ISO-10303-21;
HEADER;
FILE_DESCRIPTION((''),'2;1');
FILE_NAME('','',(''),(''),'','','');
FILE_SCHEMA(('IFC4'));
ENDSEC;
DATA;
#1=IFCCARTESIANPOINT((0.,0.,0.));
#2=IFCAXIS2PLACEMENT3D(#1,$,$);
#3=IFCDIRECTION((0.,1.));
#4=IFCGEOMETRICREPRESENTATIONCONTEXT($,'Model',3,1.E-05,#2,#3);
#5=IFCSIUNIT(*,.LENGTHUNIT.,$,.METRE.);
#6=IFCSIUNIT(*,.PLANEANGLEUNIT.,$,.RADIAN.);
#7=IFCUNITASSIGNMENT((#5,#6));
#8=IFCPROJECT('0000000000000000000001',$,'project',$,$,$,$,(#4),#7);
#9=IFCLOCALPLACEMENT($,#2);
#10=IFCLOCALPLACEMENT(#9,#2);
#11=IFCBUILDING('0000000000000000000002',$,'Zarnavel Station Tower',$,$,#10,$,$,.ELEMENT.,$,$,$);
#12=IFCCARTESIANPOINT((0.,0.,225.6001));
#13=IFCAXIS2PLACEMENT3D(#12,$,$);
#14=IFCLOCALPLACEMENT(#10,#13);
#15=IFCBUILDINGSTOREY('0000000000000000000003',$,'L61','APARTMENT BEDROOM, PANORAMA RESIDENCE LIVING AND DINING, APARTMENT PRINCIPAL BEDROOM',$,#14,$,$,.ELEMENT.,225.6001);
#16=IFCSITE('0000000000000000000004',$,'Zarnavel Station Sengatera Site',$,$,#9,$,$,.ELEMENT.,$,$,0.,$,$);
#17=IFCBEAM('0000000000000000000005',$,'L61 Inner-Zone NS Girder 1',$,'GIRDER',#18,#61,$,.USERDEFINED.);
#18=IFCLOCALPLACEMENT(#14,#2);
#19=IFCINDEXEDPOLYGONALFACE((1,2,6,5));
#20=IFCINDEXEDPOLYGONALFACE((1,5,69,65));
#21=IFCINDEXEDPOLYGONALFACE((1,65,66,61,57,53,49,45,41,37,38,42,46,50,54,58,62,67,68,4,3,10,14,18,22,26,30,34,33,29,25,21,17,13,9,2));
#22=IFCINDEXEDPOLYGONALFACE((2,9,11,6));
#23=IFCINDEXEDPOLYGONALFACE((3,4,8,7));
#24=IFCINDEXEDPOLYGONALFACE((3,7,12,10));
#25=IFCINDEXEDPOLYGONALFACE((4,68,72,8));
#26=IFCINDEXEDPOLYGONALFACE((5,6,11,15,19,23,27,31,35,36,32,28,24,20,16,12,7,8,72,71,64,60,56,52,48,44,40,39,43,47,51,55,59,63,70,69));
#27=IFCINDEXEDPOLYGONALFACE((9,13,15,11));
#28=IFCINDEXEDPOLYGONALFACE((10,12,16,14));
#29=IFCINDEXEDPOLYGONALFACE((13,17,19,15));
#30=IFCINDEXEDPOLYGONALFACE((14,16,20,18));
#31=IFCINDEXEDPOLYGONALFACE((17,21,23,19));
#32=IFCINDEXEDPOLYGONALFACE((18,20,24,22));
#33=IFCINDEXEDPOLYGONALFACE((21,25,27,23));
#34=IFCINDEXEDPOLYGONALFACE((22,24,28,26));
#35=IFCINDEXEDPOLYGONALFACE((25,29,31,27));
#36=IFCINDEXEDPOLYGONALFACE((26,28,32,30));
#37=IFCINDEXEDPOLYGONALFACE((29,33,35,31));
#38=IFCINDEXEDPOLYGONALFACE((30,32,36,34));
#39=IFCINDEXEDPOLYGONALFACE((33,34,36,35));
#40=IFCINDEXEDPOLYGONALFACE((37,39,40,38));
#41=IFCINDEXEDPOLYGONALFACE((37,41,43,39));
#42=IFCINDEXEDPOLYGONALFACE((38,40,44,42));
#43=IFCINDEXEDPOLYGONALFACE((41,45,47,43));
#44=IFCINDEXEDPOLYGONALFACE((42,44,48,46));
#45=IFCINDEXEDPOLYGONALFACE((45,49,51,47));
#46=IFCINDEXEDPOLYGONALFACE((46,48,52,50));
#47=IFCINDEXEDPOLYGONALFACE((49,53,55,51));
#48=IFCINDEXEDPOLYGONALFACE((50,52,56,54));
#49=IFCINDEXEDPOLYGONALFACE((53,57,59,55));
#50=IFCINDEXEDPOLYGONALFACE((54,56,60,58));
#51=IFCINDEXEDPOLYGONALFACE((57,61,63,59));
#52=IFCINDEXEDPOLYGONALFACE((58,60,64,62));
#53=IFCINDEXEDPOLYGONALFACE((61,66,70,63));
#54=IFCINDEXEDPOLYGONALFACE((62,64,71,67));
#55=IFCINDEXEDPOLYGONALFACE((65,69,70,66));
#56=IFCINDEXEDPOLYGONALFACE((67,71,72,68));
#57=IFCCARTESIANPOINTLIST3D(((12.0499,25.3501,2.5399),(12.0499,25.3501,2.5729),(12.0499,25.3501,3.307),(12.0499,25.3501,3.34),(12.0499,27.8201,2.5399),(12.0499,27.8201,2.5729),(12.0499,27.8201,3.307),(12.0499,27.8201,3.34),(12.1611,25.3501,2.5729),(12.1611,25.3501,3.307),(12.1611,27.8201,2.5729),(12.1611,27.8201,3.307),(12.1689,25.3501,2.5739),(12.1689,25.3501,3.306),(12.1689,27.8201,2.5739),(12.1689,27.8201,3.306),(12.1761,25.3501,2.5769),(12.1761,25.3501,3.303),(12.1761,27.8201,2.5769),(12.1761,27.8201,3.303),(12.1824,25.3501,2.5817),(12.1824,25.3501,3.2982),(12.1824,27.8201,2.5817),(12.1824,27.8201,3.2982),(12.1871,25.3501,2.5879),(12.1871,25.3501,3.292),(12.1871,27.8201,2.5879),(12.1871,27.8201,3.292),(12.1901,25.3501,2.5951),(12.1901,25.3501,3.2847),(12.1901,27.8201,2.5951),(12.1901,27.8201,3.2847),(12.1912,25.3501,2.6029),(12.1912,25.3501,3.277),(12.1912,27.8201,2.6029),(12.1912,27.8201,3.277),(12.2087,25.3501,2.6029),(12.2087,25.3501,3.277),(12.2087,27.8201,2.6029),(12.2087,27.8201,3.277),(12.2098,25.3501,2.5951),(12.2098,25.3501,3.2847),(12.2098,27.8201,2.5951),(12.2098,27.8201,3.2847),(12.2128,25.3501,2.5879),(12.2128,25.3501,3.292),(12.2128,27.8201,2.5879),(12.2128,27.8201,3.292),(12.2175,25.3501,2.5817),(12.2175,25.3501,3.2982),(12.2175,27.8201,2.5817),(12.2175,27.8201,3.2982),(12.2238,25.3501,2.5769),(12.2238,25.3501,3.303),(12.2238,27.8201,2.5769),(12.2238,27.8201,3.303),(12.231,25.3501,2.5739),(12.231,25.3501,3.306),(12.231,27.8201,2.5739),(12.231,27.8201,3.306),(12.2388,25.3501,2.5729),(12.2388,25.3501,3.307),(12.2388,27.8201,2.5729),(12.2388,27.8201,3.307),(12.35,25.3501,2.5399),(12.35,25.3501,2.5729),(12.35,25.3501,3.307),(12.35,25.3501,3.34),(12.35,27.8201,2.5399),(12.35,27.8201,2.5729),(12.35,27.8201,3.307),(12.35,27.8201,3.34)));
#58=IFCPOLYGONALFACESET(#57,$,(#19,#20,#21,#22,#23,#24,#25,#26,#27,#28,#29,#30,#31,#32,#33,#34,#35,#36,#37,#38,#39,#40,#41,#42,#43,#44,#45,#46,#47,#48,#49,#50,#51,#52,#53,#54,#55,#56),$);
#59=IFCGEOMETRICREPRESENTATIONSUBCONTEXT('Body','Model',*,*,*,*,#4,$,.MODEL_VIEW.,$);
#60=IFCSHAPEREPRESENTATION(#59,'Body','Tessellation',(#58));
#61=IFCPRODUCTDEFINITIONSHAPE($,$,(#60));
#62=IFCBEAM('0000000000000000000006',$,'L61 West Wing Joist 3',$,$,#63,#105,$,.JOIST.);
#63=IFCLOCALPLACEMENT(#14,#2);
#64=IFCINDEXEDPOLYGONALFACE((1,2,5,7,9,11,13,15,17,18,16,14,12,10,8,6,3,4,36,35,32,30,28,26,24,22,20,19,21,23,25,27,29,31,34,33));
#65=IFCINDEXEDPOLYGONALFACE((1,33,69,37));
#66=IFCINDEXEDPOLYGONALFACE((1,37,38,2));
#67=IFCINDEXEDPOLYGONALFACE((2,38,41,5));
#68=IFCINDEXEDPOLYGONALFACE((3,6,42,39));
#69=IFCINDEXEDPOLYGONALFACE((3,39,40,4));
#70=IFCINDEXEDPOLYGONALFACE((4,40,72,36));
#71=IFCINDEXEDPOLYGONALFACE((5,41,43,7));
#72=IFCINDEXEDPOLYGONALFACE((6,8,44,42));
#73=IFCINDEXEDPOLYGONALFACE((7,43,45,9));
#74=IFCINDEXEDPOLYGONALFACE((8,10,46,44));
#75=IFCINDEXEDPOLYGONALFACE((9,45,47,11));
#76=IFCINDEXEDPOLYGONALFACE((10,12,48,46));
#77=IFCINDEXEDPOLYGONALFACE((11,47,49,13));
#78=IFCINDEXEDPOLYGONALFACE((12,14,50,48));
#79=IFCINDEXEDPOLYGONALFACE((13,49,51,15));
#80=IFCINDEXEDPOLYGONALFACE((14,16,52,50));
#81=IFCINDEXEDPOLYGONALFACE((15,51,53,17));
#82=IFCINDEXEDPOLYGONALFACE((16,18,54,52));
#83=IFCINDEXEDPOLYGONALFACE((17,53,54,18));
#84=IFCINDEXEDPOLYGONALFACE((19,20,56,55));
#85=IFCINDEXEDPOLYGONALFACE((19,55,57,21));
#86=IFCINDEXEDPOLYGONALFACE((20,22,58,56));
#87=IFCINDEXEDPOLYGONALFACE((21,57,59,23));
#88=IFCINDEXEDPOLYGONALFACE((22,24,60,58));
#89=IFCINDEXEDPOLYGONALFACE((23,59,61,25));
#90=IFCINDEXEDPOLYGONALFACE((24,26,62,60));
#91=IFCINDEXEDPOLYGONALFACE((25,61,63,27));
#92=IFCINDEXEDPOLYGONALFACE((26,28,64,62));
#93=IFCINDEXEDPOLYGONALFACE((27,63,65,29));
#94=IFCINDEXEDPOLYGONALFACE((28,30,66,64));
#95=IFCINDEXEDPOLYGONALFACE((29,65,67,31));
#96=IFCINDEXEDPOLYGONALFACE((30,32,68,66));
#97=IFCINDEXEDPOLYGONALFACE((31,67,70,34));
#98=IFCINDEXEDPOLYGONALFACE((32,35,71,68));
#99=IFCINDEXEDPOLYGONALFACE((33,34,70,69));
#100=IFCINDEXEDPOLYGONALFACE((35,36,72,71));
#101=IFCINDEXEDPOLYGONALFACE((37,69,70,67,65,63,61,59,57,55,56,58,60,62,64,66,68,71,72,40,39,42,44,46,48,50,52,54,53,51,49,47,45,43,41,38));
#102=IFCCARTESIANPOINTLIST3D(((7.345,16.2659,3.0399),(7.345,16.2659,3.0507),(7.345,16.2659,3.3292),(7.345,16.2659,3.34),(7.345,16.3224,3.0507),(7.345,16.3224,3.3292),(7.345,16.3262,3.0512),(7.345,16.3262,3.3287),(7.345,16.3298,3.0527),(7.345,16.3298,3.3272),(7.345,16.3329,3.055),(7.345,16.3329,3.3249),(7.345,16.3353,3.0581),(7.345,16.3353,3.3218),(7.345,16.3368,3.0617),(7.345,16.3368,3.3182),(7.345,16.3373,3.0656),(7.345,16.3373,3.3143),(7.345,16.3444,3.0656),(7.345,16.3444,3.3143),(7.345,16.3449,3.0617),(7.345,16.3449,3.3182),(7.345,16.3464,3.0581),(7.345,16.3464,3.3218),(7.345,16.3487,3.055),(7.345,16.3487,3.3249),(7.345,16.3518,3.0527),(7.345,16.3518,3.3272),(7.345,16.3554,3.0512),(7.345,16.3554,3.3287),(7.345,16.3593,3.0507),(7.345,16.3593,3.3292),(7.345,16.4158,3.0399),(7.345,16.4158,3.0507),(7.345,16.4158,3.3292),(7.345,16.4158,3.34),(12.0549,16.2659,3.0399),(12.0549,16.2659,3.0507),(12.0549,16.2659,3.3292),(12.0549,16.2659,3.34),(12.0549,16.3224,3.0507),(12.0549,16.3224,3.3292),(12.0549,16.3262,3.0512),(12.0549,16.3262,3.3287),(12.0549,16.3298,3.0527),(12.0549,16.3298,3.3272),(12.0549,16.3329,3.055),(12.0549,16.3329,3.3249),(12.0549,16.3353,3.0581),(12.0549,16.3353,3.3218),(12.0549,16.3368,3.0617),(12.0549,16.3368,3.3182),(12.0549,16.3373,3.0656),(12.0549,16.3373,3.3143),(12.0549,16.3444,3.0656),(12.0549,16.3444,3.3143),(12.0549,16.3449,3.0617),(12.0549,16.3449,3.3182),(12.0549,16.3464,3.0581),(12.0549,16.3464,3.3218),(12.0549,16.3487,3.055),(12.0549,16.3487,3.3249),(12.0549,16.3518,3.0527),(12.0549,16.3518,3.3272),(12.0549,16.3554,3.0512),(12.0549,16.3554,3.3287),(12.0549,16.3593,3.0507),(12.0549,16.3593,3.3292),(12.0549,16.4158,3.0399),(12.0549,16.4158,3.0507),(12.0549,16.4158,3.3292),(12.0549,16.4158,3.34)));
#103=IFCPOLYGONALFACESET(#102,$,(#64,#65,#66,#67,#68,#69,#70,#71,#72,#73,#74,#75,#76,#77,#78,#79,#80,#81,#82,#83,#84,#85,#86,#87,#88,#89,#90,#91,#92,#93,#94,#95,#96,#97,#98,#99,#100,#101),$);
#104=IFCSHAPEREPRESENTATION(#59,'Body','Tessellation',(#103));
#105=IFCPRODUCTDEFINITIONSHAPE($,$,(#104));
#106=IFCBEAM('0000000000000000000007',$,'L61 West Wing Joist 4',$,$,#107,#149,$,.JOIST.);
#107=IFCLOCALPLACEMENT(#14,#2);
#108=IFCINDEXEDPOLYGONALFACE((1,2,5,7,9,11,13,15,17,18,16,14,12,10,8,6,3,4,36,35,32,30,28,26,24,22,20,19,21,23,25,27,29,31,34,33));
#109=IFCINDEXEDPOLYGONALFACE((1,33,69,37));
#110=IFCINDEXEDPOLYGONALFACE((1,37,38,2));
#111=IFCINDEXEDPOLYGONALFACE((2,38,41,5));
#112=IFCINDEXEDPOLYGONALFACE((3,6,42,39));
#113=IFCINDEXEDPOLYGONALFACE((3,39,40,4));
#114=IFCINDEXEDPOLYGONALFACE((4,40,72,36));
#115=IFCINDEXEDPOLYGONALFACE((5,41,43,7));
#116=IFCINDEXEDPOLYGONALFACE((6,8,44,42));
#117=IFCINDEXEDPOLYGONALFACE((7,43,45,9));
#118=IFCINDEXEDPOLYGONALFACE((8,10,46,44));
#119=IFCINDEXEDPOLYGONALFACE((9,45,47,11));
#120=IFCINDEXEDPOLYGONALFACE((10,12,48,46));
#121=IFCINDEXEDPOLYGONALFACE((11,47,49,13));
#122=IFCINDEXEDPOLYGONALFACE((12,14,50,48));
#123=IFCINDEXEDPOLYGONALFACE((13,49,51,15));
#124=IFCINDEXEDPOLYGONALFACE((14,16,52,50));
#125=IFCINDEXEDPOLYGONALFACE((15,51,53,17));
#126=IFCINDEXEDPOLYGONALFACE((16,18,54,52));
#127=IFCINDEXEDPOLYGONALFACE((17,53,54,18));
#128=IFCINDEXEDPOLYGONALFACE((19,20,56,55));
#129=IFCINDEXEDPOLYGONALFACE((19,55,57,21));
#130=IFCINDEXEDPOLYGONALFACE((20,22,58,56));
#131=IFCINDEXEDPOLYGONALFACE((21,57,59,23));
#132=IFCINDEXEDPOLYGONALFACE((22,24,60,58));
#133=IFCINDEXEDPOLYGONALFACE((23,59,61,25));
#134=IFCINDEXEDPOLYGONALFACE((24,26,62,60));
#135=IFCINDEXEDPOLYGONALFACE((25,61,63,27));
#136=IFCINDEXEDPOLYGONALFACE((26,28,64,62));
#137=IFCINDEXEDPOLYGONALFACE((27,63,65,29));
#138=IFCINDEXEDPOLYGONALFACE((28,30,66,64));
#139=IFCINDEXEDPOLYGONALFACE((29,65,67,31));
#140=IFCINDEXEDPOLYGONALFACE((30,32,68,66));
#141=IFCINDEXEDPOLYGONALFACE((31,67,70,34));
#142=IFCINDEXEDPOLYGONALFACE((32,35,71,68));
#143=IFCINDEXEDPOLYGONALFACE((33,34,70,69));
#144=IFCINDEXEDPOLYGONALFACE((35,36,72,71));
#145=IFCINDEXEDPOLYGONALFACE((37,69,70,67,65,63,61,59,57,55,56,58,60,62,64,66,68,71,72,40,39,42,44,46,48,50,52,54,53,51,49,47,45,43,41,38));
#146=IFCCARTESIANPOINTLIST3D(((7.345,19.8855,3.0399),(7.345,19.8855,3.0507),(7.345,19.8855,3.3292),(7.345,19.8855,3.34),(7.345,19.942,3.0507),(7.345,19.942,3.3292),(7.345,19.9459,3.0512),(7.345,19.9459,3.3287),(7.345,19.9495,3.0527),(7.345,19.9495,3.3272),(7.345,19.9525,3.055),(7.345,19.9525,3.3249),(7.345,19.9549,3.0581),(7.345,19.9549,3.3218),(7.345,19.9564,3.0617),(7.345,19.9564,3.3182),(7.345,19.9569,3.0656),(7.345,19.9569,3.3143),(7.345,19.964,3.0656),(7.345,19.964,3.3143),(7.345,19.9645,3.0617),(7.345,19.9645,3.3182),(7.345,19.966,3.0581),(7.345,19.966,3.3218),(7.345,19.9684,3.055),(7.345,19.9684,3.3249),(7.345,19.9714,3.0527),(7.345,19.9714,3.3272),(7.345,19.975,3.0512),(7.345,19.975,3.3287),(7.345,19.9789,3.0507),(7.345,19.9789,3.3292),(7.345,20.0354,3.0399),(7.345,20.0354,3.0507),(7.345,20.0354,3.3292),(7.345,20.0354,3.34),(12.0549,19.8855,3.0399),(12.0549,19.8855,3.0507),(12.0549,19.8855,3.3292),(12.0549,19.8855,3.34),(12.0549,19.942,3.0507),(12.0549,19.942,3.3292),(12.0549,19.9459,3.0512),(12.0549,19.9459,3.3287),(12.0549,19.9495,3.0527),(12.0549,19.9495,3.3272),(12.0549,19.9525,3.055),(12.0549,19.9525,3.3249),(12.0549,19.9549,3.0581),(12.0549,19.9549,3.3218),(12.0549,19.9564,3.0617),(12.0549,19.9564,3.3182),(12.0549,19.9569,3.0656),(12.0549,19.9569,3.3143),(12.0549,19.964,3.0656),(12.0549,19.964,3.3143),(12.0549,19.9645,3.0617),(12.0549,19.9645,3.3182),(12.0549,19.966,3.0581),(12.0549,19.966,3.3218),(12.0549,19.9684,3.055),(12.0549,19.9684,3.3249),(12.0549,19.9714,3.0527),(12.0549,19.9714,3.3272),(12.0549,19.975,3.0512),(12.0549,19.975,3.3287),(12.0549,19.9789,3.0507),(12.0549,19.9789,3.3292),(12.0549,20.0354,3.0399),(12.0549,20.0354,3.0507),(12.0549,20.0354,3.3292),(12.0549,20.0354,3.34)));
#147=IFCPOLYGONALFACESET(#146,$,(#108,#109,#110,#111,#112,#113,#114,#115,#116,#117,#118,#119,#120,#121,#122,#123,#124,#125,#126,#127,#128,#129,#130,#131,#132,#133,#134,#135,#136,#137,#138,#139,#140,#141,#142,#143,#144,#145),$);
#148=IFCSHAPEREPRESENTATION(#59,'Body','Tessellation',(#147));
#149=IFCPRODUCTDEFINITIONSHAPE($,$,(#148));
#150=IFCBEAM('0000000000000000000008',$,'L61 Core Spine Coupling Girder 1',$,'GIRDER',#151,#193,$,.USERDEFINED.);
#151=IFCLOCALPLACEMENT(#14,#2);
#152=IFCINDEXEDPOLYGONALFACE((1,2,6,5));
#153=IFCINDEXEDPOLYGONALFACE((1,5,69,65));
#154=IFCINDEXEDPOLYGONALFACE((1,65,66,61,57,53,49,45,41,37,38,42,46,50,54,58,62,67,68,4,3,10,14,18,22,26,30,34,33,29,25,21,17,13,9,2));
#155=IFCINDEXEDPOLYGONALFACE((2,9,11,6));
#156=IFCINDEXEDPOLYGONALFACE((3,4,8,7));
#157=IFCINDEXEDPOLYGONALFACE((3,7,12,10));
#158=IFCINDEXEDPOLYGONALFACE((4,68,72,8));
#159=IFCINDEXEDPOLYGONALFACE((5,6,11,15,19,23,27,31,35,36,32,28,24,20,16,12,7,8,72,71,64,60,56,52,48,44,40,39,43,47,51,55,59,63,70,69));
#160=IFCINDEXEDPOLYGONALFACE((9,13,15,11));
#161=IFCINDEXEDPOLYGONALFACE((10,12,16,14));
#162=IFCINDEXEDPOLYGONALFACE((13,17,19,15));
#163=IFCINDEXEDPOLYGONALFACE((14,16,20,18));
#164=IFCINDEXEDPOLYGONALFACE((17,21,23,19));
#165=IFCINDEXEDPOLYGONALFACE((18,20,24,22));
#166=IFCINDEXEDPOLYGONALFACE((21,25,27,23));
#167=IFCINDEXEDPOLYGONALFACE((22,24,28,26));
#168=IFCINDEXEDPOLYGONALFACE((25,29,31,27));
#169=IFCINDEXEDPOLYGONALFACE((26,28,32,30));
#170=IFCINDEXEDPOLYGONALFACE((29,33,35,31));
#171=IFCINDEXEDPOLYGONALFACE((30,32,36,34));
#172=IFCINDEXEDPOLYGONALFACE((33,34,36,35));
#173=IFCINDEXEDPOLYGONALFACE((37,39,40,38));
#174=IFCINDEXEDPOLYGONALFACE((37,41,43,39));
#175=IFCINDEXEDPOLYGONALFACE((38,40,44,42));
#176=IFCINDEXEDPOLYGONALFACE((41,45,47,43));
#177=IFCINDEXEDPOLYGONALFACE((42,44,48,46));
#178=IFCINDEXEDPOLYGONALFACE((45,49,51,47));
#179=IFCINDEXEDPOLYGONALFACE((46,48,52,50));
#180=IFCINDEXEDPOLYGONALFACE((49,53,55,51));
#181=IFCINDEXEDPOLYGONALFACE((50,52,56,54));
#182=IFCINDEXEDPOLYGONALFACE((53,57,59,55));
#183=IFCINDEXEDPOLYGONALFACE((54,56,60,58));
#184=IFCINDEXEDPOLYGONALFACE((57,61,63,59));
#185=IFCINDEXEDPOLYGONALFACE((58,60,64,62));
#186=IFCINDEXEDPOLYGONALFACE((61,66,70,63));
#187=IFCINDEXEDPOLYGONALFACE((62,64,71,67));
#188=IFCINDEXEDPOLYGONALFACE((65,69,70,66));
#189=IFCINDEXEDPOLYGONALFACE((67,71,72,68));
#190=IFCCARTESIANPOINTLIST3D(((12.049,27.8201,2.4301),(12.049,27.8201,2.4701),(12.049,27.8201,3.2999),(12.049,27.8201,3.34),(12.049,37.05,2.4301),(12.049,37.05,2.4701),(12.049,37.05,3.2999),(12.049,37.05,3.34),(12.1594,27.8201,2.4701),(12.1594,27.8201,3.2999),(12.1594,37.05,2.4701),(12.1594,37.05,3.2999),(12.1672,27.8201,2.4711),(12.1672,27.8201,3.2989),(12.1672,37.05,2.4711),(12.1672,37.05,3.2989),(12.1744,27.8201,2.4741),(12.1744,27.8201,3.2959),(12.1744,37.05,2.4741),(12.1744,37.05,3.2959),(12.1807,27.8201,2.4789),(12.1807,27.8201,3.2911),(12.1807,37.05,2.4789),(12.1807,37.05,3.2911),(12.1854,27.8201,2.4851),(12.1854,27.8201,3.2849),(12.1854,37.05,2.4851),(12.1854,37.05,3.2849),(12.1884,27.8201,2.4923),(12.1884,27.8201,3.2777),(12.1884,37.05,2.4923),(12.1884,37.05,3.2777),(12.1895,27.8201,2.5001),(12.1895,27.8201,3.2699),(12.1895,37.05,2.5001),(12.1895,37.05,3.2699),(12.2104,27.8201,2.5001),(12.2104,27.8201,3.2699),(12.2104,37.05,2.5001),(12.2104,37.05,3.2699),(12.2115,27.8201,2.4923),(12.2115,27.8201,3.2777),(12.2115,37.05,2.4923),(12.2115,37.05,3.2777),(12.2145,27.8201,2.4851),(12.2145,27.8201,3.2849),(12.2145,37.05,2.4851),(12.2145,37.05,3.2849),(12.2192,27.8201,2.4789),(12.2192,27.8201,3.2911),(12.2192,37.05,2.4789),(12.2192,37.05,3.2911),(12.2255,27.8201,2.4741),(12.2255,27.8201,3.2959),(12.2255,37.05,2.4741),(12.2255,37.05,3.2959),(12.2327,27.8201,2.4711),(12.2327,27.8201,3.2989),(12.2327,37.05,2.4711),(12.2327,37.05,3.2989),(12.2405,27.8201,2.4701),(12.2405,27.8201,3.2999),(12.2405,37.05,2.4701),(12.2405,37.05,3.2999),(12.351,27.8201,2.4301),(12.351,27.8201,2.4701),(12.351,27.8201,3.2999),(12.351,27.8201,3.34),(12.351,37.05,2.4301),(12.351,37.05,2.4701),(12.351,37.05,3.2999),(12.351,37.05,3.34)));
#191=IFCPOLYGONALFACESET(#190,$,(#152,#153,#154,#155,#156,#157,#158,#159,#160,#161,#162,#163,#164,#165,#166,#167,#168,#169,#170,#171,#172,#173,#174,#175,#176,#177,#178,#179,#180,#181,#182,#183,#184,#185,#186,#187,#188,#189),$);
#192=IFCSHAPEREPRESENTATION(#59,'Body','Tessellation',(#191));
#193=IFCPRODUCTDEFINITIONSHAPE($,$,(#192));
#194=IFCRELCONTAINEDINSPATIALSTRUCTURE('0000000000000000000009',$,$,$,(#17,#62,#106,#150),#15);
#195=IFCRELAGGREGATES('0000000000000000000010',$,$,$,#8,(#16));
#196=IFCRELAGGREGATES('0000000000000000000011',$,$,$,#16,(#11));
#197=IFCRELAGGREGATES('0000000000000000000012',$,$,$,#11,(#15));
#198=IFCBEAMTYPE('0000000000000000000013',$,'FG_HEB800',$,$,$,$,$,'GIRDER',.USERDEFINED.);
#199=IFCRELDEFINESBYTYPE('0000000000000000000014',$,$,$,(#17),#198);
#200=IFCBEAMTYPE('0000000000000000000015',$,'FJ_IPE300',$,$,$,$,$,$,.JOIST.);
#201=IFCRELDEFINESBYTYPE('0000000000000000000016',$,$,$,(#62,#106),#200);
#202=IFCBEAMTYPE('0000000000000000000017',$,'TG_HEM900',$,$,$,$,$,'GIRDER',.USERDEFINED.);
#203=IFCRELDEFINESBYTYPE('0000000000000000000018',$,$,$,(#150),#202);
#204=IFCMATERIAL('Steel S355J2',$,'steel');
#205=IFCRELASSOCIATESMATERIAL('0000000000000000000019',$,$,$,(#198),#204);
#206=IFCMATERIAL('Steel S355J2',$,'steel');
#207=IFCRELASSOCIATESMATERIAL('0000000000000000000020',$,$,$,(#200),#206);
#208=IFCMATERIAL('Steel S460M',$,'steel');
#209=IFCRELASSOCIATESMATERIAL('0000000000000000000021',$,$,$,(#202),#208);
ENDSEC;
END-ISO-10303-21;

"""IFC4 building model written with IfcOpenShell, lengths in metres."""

from ifc_helpers import new_model, si_unit, direction, frame, origin, origin_2d, place, context, subcontext, project, spatial, i_section, extrude, material, material_profile, profile_set, type_object, element, save


model = new_model("IFC4")

# Units and contexts
model_context = context("Model", 3, precision=1e-05, world=origin(), true_north=direction((0.0, 1.0)))
body_context = subcontext(model_context, "Body", "Model", "MODEL_VIEW")
ifc_project = project(units=[si_unit("LENGTHUNIT", "METRE"), si_unit("PLANEANGLEUNIT", "RADIAN")], contexts=[model_context])

# Site, building, storey
site_placement = place(None, origin())
site = spatial("IfcSite", under=ifc_project, at=site_placement, Name="Zarnavel Station Sengatera Site", CompositionType="ELEMENT", RefElevation=0.0)
building_placement = place(site_placement, origin())
building = spatial("IfcBuilding", under=site, at=building_placement, Name="Zarnavel Station Tower", CompositionType="ELEMENT")
storey_placement = place(building_placement, frame((0.0, 0.0, 225.6001)))
storey = spatial("IfcBuildingStorey", under=building, at=storey_placement, Name="L61", Description="APARTMENT BEDROOM, PANORAMA RESIDENCE LIVING AND DINING, APARTMENT PRINCIPAL BEDROOM", CompositionType="ELEMENT", Elevation=225.6001)

# Beams
ifc_material_1 = material(Name="Steel S355J2", Category="steel")
ifc_material_profile_1 = material_profile(ifc_material_1, i_section(OverallWidth=0.3, OverallDepth=0.8, WebThickness=0.0176, FlangeThickness=0.033, FilletRadius=0.03, at=origin_2d()), Name="HEB800")
ifc_profile_set_1 = profile_set([ifc_material_profile_1], Name="Steel S355J2")
beam_type_1 = type_object("IfcBeamType", Name="FG_HEB800", ElementType="GIRDER", PredefinedType="USERDEFINED", material=ifc_profile_set_1)
beam_1_placement = place(storey_placement, frame((12.2, 25.3501, 2.9399), z_axis=(0.0, 1.0, 0.0), x_axis=(-1.0, 0.0, 0.0)))
element("IfcBeam", 1, at=beam_1_placement, inside=storey, type_object=beam_type_1, Name="L61 Inner-Zone NS Girder 1", ObjectType="GIRDER", PredefinedType="USERDEFINED", context=body_context, shape_type="SweptSolid", body=[
    extrude(i_section(OverallWidth=0.3, OverallDepth=0.8, WebThickness=0.0176, FlangeThickness=0.033, FilletRadius=0.03, at=origin_2d()), origin(), (0.0, 0.0, 1.0), 2.47),
])
ifc_material_2 = material(Name="Steel S355J2", Category="steel")
ifc_material_profile_2 = material_profile(ifc_material_2, i_section(OverallWidth=0.1499, OverallDepth=0.3, WebThickness=0.0071, FlangeThickness=0.0107, FilletRadius=0.0149, at=origin_2d()), Name="IPE300")
ifc_profile_set_2 = profile_set([ifc_material_profile_2], Name="Steel S355J2")
beam_type_2 = type_object("IfcBeamType", Name="FJ_IPE300", PredefinedType="JOIST", material=ifc_profile_set_2)
for number, where, z_axis, x_axis, name in (
    (2, (7.345, 16.3408, 3.1899), (1.0, 0.0, 0.0), (0.0, 1.0, 0.0), "L61 West Wing Joist 3"),
    (3, (7.345, 19.9604, 3.1899), (1.0, 0.0, 0.0), (0.0, 1.0, 0.0), "L61 West Wing Joist 4"),
):
    element("IfcBeam", number, at=place(storey_placement, frame(where, z_axis=z_axis, x_axis=x_axis)), inside=storey, type_object=beam_type_2, Name=name, PredefinedType="JOIST", context=body_context, shape_type="SweptSolid", body=[
        extrude(i_section(OverallWidth=0.1499, OverallDepth=0.3, WebThickness=0.0071, FlangeThickness=0.0107, FilletRadius=0.0149, at=origin_2d()), origin(), (0.0, 0.0, 1.0), 4.71),
    ])
ifc_material_3 = material(Name="Steel S460M", Category="steel")
ifc_material_profile_3 = material_profile(ifc_material_3, i_section(OverallWidth=0.302, OverallDepth=0.9099, WebThickness=0.021, FlangeThickness=0.04, FilletRadius=0.03, at=origin_2d()), Name="HEM900")
ifc_profile_set_3 = profile_set([ifc_material_profile_3], Name="Steel S460M")
beam_type_3 = type_object("IfcBeamType", Name="TG_HEM900", ElementType="GIRDER", PredefinedType="USERDEFINED", material=ifc_profile_set_3)
beam_2_placement = place(storey_placement, frame((12.2, 27.8201, 2.885), z_axis=(0.0, 1.0, 0.0), x_axis=(-1.0, 0.0, 0.0)))
element("IfcBeam", 4, at=beam_2_placement, inside=storey, type_object=beam_type_3, Name="L61 Core Spine Coupling Girder 1", ObjectType="GIRDER", PredefinedType="USERDEFINED", context=body_context, shape_type="SweptSolid", body=[
    extrude(i_section(OverallWidth=0.302, OverallDepth=0.9099, WebThickness=0.021, FlangeThickness=0.04, FilletRadius=0.03, at=origin_2d()), origin(), (0.0, 0.0, 1.0), 9.23),
])

save(model, "model.ifc")
